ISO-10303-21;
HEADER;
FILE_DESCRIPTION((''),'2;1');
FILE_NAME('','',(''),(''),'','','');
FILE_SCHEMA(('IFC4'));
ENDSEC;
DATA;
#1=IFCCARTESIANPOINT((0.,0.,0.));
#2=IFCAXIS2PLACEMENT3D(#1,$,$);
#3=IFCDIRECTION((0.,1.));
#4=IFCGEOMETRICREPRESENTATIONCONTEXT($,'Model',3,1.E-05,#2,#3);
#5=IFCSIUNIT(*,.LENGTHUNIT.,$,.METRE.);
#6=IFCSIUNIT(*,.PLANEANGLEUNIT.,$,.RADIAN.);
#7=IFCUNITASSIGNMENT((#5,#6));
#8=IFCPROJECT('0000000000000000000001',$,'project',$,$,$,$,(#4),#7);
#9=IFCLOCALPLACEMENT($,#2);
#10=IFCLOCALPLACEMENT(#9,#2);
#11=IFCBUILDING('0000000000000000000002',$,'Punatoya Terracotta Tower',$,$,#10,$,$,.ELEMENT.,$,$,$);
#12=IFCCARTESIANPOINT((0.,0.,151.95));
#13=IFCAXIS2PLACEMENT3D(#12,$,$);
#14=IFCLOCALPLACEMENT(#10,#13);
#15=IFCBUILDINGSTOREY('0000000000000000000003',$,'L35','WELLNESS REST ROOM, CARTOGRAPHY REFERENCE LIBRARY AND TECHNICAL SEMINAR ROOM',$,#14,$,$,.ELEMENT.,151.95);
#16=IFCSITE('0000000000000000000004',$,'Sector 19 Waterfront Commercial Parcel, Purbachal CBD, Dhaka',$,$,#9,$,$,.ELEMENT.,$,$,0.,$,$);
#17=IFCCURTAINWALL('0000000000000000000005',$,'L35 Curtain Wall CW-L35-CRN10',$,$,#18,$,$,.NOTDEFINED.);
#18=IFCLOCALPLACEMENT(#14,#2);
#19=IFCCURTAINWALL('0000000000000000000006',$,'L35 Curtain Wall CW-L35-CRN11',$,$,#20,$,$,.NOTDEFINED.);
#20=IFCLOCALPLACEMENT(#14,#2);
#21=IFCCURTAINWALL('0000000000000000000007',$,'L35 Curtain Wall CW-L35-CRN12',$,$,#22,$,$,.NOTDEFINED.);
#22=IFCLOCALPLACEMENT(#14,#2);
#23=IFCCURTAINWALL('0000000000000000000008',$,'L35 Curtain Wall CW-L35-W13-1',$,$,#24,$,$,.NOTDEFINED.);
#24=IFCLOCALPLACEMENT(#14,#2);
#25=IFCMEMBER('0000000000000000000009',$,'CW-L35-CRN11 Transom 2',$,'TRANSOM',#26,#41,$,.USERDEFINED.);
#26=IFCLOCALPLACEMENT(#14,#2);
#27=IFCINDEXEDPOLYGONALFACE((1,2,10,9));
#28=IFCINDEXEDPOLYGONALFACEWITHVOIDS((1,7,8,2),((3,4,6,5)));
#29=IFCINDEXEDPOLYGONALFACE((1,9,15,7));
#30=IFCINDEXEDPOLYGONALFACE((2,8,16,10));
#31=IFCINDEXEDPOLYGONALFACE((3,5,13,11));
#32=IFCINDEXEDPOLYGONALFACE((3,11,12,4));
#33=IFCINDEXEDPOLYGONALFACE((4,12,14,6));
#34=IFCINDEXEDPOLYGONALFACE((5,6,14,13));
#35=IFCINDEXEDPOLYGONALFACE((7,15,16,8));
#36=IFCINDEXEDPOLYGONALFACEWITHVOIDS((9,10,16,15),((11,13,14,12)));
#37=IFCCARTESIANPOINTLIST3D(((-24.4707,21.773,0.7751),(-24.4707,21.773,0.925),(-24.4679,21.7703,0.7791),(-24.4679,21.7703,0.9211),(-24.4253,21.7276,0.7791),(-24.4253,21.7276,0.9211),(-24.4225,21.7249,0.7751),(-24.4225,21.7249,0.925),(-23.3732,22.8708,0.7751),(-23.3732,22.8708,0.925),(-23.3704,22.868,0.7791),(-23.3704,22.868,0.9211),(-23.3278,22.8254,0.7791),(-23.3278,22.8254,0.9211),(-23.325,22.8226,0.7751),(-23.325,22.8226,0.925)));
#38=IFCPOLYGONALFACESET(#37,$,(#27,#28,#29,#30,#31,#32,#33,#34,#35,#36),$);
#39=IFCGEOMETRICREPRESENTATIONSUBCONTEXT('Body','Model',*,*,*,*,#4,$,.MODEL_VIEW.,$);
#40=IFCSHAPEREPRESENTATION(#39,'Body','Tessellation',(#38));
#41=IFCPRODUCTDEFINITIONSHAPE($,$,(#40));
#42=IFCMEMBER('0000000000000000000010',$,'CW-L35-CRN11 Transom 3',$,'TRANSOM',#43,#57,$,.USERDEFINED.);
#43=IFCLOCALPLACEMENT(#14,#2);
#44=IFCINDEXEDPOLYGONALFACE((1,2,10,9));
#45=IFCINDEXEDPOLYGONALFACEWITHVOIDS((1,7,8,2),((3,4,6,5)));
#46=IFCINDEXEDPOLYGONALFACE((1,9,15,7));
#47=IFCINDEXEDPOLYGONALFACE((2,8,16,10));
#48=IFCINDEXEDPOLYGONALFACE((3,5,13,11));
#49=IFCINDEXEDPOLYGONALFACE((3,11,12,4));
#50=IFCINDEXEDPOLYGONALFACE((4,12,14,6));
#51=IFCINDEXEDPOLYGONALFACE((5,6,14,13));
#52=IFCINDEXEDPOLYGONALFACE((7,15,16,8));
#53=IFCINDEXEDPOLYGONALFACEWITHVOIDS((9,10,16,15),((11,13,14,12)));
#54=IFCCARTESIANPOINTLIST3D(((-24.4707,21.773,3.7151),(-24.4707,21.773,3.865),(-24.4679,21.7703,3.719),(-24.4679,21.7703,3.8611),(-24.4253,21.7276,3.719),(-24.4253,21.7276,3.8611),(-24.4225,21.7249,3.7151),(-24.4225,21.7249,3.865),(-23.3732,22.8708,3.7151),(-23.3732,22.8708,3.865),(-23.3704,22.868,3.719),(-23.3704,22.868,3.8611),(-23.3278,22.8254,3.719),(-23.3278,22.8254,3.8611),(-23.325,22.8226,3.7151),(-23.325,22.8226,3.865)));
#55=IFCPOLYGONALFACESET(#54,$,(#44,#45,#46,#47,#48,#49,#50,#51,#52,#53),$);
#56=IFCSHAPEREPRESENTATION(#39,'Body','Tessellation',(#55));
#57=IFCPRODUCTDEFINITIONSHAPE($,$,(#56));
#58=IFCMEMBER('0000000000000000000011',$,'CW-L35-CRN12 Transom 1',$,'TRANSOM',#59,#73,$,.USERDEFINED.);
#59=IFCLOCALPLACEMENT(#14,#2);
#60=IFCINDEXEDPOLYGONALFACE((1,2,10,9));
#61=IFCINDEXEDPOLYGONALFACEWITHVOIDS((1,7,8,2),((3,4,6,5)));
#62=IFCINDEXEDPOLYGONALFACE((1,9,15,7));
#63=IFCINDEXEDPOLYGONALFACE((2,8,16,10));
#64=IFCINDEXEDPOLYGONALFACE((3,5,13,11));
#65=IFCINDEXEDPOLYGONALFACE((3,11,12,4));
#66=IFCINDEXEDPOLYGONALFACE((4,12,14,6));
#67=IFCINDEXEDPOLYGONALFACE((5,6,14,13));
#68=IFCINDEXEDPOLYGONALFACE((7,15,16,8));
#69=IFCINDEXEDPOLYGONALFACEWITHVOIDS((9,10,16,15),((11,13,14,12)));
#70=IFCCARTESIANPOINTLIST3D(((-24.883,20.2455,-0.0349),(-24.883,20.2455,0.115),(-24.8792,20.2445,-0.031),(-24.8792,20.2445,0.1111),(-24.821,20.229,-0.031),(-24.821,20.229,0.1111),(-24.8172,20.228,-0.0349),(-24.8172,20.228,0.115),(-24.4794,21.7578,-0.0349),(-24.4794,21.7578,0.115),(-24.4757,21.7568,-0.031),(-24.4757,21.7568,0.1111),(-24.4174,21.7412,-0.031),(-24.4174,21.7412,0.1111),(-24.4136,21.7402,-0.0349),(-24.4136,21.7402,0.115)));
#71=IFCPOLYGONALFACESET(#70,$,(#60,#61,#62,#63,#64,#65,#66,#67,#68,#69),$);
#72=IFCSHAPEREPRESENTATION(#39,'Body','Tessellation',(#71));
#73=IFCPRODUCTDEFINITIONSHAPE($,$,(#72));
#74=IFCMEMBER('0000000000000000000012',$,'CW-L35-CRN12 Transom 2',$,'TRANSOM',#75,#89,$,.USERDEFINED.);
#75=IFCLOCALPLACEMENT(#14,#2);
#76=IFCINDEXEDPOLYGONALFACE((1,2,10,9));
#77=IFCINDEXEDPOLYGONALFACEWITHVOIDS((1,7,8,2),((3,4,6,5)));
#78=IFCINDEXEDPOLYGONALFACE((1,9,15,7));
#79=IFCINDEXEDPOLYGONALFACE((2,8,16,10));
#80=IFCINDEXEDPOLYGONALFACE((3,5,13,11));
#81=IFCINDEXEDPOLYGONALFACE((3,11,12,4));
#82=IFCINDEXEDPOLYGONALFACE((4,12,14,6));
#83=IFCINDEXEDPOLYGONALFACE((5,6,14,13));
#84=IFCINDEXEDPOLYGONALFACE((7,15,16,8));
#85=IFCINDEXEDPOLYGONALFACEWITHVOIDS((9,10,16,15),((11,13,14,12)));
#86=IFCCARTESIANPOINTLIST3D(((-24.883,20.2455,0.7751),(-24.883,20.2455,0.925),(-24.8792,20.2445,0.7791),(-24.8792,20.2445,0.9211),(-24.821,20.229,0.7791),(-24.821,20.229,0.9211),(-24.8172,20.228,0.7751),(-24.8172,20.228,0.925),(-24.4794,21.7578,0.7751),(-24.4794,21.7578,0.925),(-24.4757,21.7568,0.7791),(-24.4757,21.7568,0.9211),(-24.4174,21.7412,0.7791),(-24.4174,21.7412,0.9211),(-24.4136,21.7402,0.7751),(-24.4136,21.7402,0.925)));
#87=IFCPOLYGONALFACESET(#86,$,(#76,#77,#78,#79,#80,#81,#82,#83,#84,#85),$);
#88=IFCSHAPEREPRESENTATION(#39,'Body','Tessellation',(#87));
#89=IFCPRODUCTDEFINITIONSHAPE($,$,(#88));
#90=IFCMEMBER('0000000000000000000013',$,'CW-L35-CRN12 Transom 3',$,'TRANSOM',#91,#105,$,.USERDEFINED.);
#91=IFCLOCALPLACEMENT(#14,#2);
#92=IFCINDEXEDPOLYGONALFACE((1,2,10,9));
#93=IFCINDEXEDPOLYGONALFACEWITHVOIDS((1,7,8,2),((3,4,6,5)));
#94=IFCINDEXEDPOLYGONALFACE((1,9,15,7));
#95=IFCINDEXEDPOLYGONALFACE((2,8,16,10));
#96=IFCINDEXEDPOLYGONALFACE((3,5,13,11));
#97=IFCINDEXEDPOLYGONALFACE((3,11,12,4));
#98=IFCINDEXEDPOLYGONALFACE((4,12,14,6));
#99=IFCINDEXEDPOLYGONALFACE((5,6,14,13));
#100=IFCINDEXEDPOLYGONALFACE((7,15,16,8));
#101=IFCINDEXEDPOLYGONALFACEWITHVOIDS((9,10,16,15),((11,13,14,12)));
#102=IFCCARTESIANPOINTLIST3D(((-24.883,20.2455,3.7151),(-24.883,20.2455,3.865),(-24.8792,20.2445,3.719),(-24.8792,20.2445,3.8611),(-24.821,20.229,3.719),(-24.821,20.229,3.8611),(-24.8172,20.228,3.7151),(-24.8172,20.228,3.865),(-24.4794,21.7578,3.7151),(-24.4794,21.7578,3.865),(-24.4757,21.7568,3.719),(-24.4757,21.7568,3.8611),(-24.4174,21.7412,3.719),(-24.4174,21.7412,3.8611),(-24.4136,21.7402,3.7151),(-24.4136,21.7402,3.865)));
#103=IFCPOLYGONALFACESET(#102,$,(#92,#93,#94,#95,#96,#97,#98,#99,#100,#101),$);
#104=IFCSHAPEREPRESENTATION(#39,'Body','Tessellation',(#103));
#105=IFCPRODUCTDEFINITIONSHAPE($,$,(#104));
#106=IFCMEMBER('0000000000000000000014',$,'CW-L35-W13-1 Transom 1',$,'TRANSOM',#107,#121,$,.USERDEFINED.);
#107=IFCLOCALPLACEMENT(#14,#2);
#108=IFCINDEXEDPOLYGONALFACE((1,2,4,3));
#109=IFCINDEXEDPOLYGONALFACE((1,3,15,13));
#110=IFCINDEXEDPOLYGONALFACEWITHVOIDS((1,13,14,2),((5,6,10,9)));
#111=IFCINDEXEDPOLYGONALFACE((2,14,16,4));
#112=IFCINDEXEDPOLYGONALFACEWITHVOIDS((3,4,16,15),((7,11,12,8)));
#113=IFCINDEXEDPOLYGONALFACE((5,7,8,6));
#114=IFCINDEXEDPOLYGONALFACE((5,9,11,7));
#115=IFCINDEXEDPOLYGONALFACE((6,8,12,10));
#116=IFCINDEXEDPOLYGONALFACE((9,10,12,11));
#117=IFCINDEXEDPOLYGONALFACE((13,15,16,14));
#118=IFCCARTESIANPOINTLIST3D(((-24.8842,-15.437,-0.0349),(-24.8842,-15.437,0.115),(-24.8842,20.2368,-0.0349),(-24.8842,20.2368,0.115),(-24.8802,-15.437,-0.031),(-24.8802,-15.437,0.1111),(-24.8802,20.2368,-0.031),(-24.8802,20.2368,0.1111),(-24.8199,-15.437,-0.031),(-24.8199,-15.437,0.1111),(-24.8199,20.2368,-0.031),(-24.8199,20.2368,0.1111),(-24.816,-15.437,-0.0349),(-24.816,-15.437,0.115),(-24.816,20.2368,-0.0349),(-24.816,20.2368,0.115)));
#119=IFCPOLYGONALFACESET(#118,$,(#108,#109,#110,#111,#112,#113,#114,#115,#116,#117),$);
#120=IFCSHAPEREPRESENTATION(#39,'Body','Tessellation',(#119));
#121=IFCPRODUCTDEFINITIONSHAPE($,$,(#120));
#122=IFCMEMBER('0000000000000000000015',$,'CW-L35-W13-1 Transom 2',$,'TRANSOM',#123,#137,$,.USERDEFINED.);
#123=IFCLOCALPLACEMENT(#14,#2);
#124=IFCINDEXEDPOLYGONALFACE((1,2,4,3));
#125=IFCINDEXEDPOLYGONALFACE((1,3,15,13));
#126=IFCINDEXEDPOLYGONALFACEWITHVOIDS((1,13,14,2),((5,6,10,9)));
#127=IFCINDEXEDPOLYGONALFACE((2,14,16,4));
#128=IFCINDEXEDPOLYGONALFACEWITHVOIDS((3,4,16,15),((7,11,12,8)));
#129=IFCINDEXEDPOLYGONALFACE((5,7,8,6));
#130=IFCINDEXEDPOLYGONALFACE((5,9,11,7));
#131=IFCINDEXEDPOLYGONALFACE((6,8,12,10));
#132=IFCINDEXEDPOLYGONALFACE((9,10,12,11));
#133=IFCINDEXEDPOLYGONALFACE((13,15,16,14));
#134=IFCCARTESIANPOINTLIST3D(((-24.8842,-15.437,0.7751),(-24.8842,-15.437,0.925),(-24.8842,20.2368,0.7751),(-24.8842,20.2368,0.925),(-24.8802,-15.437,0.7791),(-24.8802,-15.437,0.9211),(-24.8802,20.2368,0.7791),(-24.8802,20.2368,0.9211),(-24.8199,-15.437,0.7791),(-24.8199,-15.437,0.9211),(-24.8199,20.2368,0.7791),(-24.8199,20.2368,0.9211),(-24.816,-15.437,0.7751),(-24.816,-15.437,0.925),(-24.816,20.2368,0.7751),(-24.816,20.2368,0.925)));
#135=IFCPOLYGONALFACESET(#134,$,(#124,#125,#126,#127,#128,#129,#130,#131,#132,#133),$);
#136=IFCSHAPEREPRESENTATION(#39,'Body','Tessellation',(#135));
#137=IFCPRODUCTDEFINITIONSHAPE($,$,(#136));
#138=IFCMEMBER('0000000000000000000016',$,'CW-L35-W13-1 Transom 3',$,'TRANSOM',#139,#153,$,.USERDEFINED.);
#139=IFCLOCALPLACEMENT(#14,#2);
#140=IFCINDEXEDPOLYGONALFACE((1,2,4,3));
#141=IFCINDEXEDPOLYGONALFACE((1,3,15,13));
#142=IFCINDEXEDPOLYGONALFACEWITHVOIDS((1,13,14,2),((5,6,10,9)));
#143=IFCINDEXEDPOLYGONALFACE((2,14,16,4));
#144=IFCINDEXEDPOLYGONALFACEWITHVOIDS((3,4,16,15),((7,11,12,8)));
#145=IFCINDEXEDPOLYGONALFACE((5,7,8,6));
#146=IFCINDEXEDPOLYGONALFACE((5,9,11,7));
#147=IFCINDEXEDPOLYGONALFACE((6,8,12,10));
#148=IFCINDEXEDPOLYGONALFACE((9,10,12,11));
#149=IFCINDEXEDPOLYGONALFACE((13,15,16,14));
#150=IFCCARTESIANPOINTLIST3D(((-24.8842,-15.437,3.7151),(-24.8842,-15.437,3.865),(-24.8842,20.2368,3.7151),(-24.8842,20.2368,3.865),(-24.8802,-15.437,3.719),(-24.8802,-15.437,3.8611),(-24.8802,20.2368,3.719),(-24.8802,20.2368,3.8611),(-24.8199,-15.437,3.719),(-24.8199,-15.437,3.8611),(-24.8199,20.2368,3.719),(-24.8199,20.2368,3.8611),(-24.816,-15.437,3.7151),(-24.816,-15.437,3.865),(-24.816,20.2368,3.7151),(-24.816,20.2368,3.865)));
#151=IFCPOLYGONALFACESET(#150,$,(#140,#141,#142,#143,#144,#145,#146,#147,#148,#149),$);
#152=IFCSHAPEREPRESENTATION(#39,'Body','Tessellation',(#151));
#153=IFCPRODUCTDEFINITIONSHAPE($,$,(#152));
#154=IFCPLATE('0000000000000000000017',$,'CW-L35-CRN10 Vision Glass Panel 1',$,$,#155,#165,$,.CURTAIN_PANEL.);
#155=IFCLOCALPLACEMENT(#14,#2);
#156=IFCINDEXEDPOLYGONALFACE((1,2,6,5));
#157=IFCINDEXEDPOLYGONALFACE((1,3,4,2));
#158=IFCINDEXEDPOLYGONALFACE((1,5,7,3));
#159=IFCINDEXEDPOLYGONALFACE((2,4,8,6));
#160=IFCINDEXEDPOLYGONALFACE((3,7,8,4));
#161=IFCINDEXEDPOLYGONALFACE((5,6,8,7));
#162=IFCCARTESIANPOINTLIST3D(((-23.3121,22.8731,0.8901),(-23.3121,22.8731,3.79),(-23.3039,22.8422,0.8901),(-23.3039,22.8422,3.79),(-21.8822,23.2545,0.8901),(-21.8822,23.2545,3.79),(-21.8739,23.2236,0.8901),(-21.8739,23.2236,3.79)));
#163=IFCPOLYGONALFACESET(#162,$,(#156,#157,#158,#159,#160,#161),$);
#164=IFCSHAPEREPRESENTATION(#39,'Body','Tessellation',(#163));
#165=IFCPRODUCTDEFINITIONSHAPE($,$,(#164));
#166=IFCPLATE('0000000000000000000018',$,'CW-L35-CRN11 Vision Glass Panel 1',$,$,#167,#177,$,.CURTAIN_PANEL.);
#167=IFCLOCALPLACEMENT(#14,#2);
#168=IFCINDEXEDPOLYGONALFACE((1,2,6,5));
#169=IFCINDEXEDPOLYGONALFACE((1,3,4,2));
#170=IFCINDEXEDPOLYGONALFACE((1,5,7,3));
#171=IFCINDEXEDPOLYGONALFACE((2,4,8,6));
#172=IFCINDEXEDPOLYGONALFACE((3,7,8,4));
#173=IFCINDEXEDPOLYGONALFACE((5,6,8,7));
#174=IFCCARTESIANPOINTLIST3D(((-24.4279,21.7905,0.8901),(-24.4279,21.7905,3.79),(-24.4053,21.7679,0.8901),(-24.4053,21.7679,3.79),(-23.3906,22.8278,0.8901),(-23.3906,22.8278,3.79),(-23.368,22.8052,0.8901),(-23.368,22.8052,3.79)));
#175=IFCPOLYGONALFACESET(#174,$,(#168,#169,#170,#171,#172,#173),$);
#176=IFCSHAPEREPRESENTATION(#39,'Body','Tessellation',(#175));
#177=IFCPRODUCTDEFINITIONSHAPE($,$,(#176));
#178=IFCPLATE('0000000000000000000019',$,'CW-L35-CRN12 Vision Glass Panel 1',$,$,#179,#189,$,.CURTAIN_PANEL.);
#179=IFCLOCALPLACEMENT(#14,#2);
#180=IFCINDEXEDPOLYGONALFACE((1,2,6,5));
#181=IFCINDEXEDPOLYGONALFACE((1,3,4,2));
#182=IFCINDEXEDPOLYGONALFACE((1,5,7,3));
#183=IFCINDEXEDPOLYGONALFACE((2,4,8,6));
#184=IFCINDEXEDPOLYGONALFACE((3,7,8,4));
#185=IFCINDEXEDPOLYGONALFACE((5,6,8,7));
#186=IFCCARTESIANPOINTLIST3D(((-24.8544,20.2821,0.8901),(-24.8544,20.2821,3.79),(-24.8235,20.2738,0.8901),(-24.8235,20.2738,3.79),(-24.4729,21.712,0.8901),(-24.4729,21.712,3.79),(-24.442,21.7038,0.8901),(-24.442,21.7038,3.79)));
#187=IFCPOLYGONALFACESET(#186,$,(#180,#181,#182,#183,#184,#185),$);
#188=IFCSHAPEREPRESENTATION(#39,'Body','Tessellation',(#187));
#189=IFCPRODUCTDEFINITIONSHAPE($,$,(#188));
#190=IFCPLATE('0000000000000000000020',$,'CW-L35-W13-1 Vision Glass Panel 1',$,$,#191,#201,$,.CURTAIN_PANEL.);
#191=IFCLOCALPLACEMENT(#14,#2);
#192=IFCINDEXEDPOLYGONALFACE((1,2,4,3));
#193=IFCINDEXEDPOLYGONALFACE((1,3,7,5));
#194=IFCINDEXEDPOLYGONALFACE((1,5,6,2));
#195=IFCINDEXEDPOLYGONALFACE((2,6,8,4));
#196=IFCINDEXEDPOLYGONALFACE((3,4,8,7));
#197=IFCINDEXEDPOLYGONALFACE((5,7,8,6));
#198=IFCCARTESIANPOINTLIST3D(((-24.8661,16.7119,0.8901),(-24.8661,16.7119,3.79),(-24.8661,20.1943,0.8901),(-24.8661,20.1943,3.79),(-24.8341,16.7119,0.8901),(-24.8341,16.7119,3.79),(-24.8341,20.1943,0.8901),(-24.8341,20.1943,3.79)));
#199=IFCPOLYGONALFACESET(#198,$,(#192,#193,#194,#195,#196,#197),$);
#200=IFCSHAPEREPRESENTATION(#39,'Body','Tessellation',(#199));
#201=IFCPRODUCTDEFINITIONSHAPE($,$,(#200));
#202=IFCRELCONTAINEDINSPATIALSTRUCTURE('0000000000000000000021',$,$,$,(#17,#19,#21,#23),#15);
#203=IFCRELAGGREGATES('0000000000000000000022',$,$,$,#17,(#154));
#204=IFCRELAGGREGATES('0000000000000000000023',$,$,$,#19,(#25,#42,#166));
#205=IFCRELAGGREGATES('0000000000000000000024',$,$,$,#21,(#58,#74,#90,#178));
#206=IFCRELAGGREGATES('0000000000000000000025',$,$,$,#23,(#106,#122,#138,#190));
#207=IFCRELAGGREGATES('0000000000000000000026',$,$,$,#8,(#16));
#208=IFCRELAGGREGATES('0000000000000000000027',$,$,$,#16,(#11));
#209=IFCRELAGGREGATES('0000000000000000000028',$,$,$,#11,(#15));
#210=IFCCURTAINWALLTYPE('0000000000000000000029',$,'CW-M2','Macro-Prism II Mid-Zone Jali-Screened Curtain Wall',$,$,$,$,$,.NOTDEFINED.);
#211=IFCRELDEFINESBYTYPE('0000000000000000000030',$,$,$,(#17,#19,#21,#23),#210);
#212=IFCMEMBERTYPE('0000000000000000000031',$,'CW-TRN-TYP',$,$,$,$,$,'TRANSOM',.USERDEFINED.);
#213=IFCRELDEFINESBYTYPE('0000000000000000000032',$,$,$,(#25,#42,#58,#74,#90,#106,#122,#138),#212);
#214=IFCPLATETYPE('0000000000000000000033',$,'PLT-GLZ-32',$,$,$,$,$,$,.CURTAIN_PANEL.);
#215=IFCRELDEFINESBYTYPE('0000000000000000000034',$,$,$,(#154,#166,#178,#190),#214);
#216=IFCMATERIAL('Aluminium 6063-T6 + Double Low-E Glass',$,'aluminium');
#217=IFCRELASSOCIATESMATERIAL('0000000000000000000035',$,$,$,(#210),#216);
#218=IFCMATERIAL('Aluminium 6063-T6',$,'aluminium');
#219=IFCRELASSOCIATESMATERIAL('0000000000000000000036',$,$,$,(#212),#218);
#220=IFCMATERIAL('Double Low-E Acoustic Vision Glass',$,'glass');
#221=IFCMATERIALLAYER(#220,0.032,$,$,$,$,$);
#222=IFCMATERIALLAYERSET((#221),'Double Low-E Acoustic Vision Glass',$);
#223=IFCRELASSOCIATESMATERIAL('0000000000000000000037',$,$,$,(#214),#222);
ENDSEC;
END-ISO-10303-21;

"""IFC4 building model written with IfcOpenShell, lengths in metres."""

from ifc_helpers import new_model, si_unit, direction, frame, origin, origin_2d, place, context, subcontext, project, spatial, rectangle, hollow_rectangle, extrude, material, layer, layer_set, material_profile, profile_set, type_object, element, aggregate, save


model = new_model("IFC4")

# Units and contexts
model_context = context("Model", 3, precision=1e-05, world=origin(), true_north=direction((0.0, 1.0)))
body_context = subcontext(model_context, "Body", "Model", "MODEL_VIEW")
ifc_project = project(units=[si_unit("LENGTHUNIT", "METRE"), si_unit("PLANEANGLEUNIT", "RADIAN")], contexts=[model_context])

# Site, building, storey
site_placement = place(None, origin())
site = spatial("IfcSite", under=ifc_project, at=site_placement, Name="Sector 19 Waterfront Commercial Parcel, Purbachal CBD, Dhaka", CompositionType="ELEMENT", RefElevation=0.0)
building_placement = place(site_placement, origin())
building = spatial("IfcBuilding", under=site, at=building_placement, Name="Punatoya Terracotta Tower", CompositionType="ELEMENT")
storey_placement = place(building_placement, frame((0.0, 0.0, 151.95)))
storey = spatial("IfcBuildingStorey", under=building, at=storey_placement, Name="L35", Description="WELLNESS REST ROOM, CARTOGRAPHY REFERENCE LIBRARY AND TECHNICAL SEMINAR ROOM", CompositionType="ELEMENT", Elevation=151.95)

# Curtain walls
ifc_material_1 = material(Name="Aluminium 6063-T6 + Double Low-E Glass", Category="aluminium")
curtain_wall_type = type_object("IfcCurtainWallType", Name="CW-M2", Description="Macro-Prism II Mid-Zone Jali-Screened Curtain Wall", PredefinedType="NOTDEFINED", material=ifc_material_1)
curtain_wall_1_placement = place(storey_placement, origin())
curtain_wall_1 = element("IfcCurtainWall", 1, at=curtain_wall_1_placement, inside=storey, type_object=curtain_wall_type, Name="L35 Curtain Wall CW-L35-CRN10", PredefinedType="NOTDEFINED")
ifc_material_2 = material(Name="Aluminium 6063-T6", Category="aluminium")
curtain_wall_2_placement = place(storey_placement, origin())
curtain_wall_2 = element("IfcCurtainWall", 2, at=curtain_wall_2_placement, inside=storey, type_object=curtain_wall_type, Name="L35 Curtain Wall CW-L35-CRN11", PredefinedType="NOTDEFINED")
curtain_wall_3_placement = place(storey_placement, origin())
curtain_wall_3 = element("IfcCurtainWall", 3, at=curtain_wall_3_placement, inside=storey, type_object=curtain_wall_type, Name="L35 Curtain Wall CW-L35-CRN12", PredefinedType="NOTDEFINED")

# Curtain wall
curtain_wall_4_placement = place(storey_placement, origin())
curtain_wall_4 = element("IfcCurtainWall", 4, at=curtain_wall_4_placement, inside=storey, type_object=curtain_wall_type, Name="L35 Curtain Wall CW-L35-W13-1", PredefinedType="NOTDEFINED")

# Members
ifc_material_profile_1 = material_profile(ifc_material_2, hollow_rectangle(XDim=0.0681, YDim=0.1499, WallThickness=0.0039, at=origin_2d()))
ifc_profile_set_1 = profile_set([ifc_material_profile_1], Name="Aluminium 6063-T6")
member_type_1 = type_object("IfcMemberType", Name="CW-TRN-TYP", ElementType="TRANSOM", PredefinedType="USERDEFINED", material=ifc_profile_set_1)
member_1_placement = place(storey_placement, frame((-23.3491, 22.8467, 0.8501), z_axis=(-0.707028, -0.707185, 0.0), x_axis=(0.707185, -0.707028, 0.0)))
member_1 = element("IfcMember", 5, at=member_1_placement, type_object=member_type_1, Name="CW-L35-CRN11 Transom 2", ObjectType="TRANSOM", PredefinedType="USERDEFINED", context=body_context, shape_type="SweptSolid", body=[
    extrude(hollow_rectangle(XDim=0.0681, YDim=0.1499, WallThickness=0.0039, at=origin_2d()), origin(), (0.0, 0.0, 1.0), 1.5522),
])
member_2_placement = place(storey_placement, frame((-23.3491, 22.8467, 3.79), z_axis=(-0.707028, -0.707185, 0.0), x_axis=(0.707185, -0.707028, 0.0)))
member_2 = element("IfcMember", 6, at=member_2_placement, type_object=member_type_1, Name="CW-L35-CRN11 Transom 3", ObjectType="TRANSOM", PredefinedType="USERDEFINED", context=body_context, shape_type="SweptSolid", body=[
    extrude(hollow_rectangle(XDim=0.0681, YDim=0.1499, WallThickness=0.0039, at=origin_2d()), origin(), (0.0, 0.0, 1.0), 1.5522),
])
member_3_placement = place(storey_placement, frame((-24.4465, 21.749, 0.04), z_axis=(-0.257847, -0.966186, 0.0), x_axis=(0.966186, -0.257847, 0.0)))
member_3 = element("IfcMember", 7, at=member_3_placement, type_object=member_type_1, Name="CW-L35-CRN12 Transom 1", ObjectType="TRANSOM", PredefinedType="USERDEFINED", context=body_context, shape_type="SweptSolid", body=[
    extrude(hollow_rectangle(XDim=0.0681, YDim=0.1499, WallThickness=0.0039, at=origin_2d()), origin(), (0.0, 0.0, 1.0), 1.5652),
])
member_4_placement = place(storey_placement, frame((-24.4465, 21.749, 0.8501), z_axis=(-0.257847, -0.966186, 0.0), x_axis=(0.966186, -0.257847, 0.0)))
member_4 = element("IfcMember", 8, at=member_4_placement, type_object=member_type_1, Name="CW-L35-CRN12 Transom 2", ObjectType="TRANSOM", PredefinedType="USERDEFINED", context=body_context, shape_type="SweptSolid", body=[
    extrude(hollow_rectangle(XDim=0.0681, YDim=0.1499, WallThickness=0.0039, at=origin_2d()), origin(), (0.0, 0.0, 1.0), 1.5652),
])
member_5_placement = place(storey_placement, frame((-24.4465, 21.749, 3.79), z_axis=(-0.257847, -0.966186, 0.0), x_axis=(0.966186, -0.257847, 0.0)))
member_5 = element("IfcMember", 9, at=member_5_placement, type_object=member_type_1, Name="CW-L35-CRN12 Transom 3", ObjectType="TRANSOM", PredefinedType="USERDEFINED", context=body_context, shape_type="SweptSolid", body=[
    extrude(hollow_rectangle(XDim=0.0681, YDim=0.1499, WallThickness=0.0039, at=origin_2d()), origin(), (0.0, 0.0, 1.0), 1.5652),
])
member_6_placement = place(storey_placement, frame((-24.8501, 20.2368, 0.04), z_axis=(0.0, -1.0, 0.0), x_axis=(1.0, 0.0, 0.0)))
member_6 = element("IfcMember", 10, at=member_6_placement, type_object=member_type_1, Name="CW-L35-W13-1 Transom 1", ObjectType="TRANSOM", PredefinedType="USERDEFINED", context=body_context, shape_type="SweptSolid", body=[
    extrude(hollow_rectangle(XDim=0.0681, YDim=0.1499, WallThickness=0.0039, at=origin_2d()), origin(), (0.0, 0.0, 1.0), 35.6738),
])
member_7_placement = place(storey_placement, frame((-24.8501, 20.2368, 0.8501), z_axis=(0.0, -1.0, 0.0), x_axis=(1.0, 0.0, 0.0)))
member_7 = element("IfcMember", 11, at=member_7_placement, type_object=member_type_1, Name="CW-L35-W13-1 Transom 2", ObjectType="TRANSOM", PredefinedType="USERDEFINED", context=body_context, shape_type="SweptSolid", body=[
    extrude(hollow_rectangle(XDim=0.0681, YDim=0.1499, WallThickness=0.0039, at=origin_2d()), origin(), (0.0, 0.0, 1.0), 35.6738),
])
member_8_placement = place(storey_placement, frame((-24.8501, 20.2368, 3.79), z_axis=(0.0, -1.0, 0.0), x_axis=(1.0, 0.0, 0.0)))
member_8 = element("IfcMember", 12, at=member_8_placement, type_object=member_type_1, Name="CW-L35-W13-1 Transom 3", ObjectType="TRANSOM", PredefinedType="USERDEFINED", context=body_context, shape_type="SweptSolid", body=[
    extrude(hollow_rectangle(XDim=0.0681, YDim=0.1499, WallThickness=0.0039, at=origin_2d()), origin(), (0.0, 0.0, 1.0), 35.6738),
])

# Plates
ifc_material_3 = material(Name="Double Low-E Acoustic Vision Glass", Category="glass")
ifc_layer_1 = layer(ifc_material_3, 0.032)
ifc_layer_set_1 = layer_set([ifc_layer_1], Name="Double Low-E Acoustic Vision Glass")
plate_type_1 = type_object("IfcPlateType", Name="PLT-GLZ-32", PredefinedType="CURTAIN_PANEL", material=ifc_layer_set_1)
plate_1_placement = place(storey_placement, frame((-22.593, 23.0483, 0.8901), z_axis=(0.0, 0.0, 1.0), x_axis=(-0.966214, -0.257742, 0.0)))
plate_1 = element("IfcPlate", 13, at=plate_1_placement, type_object=plate_type_1, Name="CW-L35-CRN10 Vision Glass Panel 1", PredefinedType="CURTAIN_PANEL", context=body_context, shape_type="SweptSolid", body=[
    extrude(rectangle(XDim=1.48, YDim=0.032, at=origin_2d()), origin(), (0.0, 0.0, 1.0), 2.8999),
])
plate_2_placement = place(storey_placement, frame((-23.8979, 22.2979, 0.8901), z_axis=(0.0, 0.0, 1.0), x_axis=(-0.707107, -0.707107, 0.0)))
plate_2 = element("IfcPlate", 14, at=plate_2_placement, type_object=plate_type_1, Name="CW-L35-CRN11 Vision Glass Panel 1", PredefinedType="CURTAIN_PANEL", context=body_context, shape_type="SweptSolid", body=[
    extrude(rectangle(XDim=1.467, YDim=0.032, at=origin_2d()), origin(), (0.0, 0.0, 1.0), 2.8999),
])
plate_3_placement = place(storey_placement, frame((-24.6482, 20.9929, 0.8901), z_axis=(0.0, 0.0, 1.0), x_axis=(-0.257742, -0.966214, 0.0)))
plate_3 = element("IfcPlate", 15, at=plate_3_placement, type_object=plate_type_1, Name="CW-L35-CRN12 Vision Glass Panel 1", PredefinedType="CURTAIN_PANEL", context=body_context, shape_type="SweptSolid", body=[
    extrude(rectangle(XDim=1.48, YDim=0.032, at=origin_2d()), origin(), (0.0, 0.0, 1.0), 2.8999),
])
plate_4_placement = place(storey_placement, frame((-24.8501, 18.4531, 0.8901), z_axis=(0.0, 0.0, 1.0), x_axis=(0.0, -1.0, 0.0)))
plate_4 = element("IfcPlate", 16, at=plate_4_placement, type_object=plate_type_1, Name="CW-L35-W13-1 Vision Glass Panel 1", PredefinedType="CURTAIN_PANEL", context=body_context, shape_type="SweptSolid", body=[
    extrude(rectangle(XDim=3.4824, YDim=0.032, at=origin_2d()), origin(), (0.0, 0.0, 1.0), 2.8999),
])
aggregate(curtain_wall_1, [plate_1])
aggregate(curtain_wall_2, [member_1, member_2, plate_2])
aggregate(curtain_wall_3, [member_3, member_4, member_5, plate_3])
aggregate(curtain_wall_4, [member_6, member_7, member_8, plate_4])

save(model, "model.ifc")
